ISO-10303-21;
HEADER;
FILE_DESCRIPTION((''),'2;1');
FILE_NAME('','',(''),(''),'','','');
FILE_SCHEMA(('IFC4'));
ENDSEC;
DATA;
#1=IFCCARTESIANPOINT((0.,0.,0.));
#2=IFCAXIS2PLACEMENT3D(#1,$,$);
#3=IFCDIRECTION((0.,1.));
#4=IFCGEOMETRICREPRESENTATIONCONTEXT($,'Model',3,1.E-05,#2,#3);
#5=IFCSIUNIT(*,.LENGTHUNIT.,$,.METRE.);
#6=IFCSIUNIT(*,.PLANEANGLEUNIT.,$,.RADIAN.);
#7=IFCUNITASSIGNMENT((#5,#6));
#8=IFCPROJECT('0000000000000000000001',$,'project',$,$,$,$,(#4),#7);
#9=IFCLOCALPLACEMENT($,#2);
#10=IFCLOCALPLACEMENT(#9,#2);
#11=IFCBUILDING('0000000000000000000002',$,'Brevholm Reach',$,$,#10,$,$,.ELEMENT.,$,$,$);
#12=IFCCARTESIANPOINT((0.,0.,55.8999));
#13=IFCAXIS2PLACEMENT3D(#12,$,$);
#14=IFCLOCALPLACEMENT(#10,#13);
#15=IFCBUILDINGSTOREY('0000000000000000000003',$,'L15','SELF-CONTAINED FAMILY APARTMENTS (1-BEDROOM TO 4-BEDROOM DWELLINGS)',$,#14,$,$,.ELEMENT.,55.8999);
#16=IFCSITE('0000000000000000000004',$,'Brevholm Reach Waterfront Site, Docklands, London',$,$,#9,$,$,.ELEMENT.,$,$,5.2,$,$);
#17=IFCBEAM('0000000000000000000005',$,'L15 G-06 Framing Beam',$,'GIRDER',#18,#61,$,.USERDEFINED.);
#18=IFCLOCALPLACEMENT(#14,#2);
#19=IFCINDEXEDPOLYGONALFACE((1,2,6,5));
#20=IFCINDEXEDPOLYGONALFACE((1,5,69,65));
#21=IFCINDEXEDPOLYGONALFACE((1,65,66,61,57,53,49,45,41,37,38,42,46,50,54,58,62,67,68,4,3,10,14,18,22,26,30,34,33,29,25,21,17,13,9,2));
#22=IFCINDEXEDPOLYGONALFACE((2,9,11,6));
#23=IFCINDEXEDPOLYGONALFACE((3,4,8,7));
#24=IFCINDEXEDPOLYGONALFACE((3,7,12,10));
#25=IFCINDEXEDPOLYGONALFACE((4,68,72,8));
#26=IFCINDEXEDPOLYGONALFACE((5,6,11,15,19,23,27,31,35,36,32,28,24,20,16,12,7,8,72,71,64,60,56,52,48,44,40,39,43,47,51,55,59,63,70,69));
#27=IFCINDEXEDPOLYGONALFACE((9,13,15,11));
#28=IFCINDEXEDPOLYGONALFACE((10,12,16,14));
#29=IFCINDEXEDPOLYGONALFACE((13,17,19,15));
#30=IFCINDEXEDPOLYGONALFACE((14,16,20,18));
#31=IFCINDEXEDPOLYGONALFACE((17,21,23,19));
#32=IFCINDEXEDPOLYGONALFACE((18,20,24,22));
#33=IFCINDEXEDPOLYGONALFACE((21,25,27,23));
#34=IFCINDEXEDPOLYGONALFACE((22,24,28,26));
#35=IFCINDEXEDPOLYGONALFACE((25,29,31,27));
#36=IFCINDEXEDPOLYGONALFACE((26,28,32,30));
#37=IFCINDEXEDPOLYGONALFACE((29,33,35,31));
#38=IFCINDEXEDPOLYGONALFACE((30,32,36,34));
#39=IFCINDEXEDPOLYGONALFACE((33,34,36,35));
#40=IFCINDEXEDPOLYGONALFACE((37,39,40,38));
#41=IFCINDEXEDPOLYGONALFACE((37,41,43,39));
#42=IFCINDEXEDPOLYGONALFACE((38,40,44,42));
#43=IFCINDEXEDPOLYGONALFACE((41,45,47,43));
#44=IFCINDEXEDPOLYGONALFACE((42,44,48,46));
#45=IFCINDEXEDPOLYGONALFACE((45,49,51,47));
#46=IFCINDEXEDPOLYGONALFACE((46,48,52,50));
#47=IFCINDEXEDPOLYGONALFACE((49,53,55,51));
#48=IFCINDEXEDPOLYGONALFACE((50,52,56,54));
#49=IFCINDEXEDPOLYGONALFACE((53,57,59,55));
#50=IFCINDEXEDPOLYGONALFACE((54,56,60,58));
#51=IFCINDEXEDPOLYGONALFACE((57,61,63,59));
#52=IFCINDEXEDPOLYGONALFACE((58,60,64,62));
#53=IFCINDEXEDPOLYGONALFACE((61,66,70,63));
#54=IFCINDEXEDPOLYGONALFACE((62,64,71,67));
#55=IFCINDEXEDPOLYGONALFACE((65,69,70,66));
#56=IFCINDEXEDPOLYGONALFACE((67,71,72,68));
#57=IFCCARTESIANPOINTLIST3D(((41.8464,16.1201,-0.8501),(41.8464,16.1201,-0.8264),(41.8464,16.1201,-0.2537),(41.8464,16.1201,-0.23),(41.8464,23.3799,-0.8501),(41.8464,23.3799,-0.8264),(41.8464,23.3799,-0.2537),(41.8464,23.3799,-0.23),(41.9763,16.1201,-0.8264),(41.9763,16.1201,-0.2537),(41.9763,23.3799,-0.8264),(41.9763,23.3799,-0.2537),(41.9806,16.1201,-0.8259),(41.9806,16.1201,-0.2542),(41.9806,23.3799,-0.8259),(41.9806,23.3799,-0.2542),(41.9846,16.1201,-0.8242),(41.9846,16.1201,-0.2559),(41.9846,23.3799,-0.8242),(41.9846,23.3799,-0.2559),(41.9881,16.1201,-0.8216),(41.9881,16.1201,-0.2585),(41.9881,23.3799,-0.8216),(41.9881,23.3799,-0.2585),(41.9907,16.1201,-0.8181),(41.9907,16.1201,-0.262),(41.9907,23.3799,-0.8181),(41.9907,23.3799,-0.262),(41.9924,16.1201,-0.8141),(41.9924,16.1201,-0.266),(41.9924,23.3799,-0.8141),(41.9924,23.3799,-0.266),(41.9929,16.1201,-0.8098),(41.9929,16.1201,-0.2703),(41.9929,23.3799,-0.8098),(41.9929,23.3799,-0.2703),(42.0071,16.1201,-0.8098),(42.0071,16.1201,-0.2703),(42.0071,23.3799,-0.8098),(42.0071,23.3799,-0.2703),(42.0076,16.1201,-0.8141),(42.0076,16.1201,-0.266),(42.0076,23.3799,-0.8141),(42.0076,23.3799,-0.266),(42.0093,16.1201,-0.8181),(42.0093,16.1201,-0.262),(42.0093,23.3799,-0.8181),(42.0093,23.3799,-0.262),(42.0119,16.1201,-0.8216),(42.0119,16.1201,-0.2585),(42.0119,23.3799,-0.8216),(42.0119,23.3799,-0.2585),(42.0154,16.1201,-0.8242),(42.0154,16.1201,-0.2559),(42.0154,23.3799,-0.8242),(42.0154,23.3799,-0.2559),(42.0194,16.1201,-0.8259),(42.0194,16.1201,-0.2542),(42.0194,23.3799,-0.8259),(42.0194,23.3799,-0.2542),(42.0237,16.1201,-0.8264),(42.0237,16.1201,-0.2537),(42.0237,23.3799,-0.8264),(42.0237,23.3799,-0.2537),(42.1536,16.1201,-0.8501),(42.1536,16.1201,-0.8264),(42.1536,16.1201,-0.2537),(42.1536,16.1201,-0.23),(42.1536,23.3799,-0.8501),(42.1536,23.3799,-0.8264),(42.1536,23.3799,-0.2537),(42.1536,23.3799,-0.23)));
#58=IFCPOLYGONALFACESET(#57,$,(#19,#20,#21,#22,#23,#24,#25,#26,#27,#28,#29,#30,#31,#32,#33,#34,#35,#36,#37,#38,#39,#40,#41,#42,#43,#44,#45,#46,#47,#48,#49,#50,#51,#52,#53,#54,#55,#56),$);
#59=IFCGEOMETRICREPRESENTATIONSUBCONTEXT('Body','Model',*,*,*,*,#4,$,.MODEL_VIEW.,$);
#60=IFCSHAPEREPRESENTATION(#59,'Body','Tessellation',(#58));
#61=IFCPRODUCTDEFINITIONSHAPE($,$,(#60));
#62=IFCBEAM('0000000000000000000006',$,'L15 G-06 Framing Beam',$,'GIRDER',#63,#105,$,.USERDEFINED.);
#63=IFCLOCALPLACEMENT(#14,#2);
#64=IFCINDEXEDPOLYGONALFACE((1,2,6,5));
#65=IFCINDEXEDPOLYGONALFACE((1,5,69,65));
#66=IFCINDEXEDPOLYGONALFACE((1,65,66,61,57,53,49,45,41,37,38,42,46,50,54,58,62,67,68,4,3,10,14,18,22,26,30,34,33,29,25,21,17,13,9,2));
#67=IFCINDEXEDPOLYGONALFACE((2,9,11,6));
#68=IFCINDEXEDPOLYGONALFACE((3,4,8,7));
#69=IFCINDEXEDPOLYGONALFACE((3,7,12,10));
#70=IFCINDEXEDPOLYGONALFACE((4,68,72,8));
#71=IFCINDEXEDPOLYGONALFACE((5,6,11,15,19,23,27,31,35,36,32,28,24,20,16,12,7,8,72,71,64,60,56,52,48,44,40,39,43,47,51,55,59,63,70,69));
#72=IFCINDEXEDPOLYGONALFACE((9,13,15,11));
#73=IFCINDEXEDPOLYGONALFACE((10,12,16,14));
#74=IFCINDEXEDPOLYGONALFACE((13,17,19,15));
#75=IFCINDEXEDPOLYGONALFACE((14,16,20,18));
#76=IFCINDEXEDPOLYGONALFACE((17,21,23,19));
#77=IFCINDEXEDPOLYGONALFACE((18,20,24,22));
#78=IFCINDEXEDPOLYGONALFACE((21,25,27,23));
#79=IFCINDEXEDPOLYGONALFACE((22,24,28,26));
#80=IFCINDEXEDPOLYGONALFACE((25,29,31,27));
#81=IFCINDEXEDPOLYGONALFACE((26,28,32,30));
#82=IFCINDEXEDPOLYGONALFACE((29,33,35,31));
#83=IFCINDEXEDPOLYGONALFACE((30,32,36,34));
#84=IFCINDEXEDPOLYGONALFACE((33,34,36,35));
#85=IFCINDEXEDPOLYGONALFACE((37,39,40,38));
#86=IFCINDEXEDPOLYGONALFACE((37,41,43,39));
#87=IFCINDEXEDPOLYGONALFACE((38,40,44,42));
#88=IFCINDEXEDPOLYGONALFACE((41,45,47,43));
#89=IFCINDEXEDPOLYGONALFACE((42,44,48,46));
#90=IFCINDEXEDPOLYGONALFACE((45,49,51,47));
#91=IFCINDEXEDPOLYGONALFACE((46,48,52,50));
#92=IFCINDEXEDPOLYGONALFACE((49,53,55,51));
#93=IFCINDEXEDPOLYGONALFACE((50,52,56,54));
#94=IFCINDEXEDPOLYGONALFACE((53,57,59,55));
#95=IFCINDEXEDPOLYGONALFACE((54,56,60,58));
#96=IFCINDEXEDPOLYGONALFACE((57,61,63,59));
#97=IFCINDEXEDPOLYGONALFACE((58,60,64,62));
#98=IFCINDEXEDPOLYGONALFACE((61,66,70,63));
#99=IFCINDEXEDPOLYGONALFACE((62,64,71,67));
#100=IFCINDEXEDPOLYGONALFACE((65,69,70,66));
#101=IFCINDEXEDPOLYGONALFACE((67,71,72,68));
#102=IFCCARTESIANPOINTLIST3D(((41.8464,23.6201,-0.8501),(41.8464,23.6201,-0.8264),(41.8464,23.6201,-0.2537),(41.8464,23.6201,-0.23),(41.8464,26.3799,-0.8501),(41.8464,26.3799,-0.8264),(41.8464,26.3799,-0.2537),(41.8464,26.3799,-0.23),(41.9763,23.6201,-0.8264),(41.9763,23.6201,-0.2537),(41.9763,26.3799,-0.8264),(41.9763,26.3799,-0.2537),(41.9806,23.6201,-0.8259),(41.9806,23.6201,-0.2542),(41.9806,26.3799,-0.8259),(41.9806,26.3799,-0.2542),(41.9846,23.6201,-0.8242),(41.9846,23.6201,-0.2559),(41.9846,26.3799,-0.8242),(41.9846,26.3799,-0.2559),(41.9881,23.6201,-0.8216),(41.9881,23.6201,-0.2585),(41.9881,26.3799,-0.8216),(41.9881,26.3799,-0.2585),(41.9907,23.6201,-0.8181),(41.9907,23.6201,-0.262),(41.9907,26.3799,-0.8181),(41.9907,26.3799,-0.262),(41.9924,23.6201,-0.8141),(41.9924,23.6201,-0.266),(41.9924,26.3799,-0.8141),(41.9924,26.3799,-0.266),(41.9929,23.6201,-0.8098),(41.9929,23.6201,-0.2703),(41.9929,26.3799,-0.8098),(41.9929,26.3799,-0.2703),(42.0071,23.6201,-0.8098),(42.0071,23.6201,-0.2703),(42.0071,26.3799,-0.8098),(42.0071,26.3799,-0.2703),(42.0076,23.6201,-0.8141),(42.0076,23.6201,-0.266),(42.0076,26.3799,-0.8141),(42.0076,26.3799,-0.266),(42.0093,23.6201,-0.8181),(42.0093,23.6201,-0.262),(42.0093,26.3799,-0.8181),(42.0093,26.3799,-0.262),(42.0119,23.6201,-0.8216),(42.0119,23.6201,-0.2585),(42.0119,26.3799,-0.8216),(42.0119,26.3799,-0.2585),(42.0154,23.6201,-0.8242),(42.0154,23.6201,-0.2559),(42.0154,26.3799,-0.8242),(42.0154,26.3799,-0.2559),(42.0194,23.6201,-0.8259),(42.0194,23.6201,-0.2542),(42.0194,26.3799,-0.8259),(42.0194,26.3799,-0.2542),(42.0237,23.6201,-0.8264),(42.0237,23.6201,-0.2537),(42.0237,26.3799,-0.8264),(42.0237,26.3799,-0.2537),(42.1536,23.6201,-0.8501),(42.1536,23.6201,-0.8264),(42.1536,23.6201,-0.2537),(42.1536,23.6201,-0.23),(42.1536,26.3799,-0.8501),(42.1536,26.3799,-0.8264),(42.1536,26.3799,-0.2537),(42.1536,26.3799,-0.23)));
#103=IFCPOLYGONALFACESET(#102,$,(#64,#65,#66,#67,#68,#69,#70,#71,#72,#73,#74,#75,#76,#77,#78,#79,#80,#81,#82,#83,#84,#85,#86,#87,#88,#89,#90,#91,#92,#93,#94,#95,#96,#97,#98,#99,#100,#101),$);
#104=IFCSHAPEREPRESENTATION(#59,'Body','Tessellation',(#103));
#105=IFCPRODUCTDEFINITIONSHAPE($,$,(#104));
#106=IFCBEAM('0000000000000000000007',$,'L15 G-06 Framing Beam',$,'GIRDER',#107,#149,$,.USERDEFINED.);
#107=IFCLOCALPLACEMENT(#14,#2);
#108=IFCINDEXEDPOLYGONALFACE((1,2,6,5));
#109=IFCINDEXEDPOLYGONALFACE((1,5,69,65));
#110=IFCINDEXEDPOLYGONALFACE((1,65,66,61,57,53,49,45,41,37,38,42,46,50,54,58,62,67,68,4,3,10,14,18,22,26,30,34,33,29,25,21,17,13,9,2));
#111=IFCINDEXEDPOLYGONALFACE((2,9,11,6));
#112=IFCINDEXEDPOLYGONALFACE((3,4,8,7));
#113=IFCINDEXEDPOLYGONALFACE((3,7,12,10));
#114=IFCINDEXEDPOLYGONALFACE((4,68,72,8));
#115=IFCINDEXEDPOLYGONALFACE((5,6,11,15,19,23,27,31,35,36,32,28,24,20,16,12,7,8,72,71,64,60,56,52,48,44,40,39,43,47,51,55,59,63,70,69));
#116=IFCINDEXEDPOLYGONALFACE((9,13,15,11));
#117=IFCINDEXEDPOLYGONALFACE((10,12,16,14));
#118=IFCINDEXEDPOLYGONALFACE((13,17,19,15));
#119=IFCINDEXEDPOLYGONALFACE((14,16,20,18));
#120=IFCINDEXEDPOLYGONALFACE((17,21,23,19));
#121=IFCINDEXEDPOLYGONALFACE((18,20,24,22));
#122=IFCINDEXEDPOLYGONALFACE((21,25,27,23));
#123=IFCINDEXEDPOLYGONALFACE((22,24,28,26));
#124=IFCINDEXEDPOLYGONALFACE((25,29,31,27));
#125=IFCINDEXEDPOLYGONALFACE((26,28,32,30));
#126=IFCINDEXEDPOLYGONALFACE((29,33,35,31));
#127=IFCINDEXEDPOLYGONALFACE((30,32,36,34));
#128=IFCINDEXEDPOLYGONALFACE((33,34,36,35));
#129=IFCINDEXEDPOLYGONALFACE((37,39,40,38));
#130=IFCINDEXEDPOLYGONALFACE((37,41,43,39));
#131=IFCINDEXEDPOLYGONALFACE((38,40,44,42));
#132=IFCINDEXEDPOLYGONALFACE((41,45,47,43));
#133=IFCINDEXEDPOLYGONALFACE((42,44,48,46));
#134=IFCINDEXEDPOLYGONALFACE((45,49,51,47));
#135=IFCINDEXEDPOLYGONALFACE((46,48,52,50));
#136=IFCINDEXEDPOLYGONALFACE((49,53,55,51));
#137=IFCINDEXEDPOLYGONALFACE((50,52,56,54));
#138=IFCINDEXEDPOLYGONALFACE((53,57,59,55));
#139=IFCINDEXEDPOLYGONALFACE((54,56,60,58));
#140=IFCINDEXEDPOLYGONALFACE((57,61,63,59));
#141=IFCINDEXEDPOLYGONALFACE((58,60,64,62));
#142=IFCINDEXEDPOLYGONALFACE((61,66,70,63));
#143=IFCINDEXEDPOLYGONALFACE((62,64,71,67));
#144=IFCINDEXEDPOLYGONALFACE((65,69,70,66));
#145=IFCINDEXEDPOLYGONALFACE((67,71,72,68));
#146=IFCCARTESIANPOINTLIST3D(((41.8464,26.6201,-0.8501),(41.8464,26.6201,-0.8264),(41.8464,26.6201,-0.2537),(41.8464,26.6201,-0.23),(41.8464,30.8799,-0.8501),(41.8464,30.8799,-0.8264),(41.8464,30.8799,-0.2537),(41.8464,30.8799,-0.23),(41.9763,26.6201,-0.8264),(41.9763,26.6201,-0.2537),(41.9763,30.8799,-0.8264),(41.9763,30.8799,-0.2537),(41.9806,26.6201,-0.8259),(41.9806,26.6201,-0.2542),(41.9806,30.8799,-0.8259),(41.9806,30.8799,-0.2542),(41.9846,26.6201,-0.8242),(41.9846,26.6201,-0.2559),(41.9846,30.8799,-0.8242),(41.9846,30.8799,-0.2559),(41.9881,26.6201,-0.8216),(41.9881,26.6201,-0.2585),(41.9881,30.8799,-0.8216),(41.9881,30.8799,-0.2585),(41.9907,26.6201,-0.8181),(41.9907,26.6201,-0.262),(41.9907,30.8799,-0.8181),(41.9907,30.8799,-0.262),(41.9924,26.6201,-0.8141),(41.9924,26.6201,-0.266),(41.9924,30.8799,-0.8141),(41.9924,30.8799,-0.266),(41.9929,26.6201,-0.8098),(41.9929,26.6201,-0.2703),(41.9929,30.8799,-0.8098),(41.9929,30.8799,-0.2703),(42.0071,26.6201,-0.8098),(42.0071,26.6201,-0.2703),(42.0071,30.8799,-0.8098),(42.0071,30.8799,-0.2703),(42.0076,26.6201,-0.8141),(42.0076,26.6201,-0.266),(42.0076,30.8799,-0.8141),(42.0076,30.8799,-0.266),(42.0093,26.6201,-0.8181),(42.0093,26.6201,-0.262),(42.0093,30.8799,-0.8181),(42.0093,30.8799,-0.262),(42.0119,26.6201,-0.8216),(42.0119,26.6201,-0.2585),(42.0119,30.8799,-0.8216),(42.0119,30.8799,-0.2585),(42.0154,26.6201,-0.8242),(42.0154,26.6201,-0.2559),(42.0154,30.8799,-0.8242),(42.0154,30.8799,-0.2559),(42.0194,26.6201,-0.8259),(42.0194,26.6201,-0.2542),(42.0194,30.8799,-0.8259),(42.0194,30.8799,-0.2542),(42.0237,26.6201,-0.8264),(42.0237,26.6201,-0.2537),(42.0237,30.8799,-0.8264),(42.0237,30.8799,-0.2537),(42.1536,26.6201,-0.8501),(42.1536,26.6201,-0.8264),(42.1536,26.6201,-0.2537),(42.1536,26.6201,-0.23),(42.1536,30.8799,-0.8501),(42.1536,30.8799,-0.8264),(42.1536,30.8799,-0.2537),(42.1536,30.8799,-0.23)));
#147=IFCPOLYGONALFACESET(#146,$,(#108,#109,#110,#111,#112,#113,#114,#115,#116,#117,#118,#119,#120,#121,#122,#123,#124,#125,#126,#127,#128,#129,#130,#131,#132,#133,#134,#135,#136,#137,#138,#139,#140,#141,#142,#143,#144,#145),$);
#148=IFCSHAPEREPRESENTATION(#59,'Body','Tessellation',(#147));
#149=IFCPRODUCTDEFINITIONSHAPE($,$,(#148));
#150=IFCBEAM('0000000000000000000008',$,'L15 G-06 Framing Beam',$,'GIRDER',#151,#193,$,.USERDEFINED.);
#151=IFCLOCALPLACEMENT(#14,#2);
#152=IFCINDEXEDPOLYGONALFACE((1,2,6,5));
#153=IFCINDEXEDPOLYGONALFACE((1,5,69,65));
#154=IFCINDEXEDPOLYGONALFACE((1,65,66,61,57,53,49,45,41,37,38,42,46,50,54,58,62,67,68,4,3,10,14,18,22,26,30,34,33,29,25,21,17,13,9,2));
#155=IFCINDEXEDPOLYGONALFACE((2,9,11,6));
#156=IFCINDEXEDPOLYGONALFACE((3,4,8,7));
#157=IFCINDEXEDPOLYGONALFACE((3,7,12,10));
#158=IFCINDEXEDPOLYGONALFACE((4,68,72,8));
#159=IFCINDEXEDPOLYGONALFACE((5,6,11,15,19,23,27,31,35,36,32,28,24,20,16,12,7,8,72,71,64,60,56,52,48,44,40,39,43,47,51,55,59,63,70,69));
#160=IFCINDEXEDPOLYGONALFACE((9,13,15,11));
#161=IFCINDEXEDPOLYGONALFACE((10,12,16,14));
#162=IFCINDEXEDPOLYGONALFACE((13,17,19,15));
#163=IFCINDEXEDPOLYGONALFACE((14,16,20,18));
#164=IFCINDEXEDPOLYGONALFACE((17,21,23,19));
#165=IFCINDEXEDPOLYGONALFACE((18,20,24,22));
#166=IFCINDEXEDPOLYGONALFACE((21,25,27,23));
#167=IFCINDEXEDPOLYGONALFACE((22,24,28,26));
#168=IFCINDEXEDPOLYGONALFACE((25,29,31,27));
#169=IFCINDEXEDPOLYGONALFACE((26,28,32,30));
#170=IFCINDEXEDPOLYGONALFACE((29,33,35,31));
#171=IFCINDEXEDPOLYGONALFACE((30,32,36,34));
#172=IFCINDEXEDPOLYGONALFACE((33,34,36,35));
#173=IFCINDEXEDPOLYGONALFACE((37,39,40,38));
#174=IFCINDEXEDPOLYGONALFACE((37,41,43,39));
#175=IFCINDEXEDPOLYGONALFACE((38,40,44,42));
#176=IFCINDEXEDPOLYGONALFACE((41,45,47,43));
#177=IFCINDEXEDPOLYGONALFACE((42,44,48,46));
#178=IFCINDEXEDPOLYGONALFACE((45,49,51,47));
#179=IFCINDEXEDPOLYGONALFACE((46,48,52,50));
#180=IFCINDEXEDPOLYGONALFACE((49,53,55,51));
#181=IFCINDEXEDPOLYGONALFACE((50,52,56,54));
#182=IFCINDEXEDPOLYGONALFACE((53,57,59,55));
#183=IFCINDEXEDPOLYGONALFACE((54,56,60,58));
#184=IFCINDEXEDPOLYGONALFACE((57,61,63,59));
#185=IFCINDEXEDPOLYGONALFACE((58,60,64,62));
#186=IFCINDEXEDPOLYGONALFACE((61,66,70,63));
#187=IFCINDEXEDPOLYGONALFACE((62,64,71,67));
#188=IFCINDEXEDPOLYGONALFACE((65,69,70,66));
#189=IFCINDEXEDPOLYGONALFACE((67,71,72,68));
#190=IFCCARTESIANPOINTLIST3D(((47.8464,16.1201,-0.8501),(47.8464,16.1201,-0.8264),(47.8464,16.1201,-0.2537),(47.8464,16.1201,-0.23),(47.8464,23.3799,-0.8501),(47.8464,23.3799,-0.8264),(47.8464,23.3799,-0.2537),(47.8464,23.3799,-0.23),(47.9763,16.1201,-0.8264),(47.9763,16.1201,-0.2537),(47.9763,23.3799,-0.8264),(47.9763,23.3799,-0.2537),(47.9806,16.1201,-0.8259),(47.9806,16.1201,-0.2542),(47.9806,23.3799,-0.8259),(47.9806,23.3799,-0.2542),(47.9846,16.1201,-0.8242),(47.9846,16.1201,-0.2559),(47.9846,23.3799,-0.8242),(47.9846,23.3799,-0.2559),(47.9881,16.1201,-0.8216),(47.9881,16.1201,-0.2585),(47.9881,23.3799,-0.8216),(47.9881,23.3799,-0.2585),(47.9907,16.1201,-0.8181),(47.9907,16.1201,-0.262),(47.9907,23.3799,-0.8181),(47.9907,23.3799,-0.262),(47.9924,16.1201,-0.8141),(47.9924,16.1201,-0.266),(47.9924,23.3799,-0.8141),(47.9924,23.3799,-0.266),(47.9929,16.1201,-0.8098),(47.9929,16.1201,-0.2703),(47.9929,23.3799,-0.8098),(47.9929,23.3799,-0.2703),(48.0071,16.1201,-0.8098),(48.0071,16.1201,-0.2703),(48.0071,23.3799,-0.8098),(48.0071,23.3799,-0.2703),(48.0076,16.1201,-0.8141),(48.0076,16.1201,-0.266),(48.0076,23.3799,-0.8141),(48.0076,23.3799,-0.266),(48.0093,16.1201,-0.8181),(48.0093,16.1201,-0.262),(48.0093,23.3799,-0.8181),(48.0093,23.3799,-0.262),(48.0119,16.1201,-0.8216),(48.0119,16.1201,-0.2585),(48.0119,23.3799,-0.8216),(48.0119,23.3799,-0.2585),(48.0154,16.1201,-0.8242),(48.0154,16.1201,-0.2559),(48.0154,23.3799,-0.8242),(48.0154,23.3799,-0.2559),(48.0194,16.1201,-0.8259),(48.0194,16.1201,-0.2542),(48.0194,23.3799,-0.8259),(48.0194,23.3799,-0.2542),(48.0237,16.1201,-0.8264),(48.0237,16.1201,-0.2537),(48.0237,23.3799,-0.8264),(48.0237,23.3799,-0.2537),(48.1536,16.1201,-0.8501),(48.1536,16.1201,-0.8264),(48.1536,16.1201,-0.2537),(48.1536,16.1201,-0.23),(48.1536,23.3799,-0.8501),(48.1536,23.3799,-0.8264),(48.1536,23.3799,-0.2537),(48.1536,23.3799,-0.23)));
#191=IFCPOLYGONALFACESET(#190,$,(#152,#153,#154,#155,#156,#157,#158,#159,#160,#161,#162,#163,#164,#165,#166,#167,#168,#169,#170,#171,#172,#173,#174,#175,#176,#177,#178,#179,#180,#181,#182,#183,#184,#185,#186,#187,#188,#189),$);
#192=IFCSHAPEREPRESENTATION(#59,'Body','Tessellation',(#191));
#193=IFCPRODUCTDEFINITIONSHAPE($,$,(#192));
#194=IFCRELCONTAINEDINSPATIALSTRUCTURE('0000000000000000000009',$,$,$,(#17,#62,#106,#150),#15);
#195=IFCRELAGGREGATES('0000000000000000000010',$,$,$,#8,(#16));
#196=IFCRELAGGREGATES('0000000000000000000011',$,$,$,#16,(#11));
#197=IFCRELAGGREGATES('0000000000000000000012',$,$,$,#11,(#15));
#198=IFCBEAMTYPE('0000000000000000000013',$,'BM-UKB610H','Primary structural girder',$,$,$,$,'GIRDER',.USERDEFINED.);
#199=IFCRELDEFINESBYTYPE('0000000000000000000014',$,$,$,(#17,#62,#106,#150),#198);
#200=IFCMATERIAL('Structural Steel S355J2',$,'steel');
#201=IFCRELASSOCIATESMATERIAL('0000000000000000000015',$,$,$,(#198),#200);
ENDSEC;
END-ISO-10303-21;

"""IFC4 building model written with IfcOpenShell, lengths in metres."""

from ifc_helpers import new_model, si_unit, direction, frame, origin, origin_2d, place, context, subcontext, project, spatial, i_section, extrude, material, material_profile, profile_set, type_object, element, save


model = new_model("IFC4")

# Units and contexts
model_context = context("Model", 3, precision=1e-05, world=origin(), true_north=direction((0.0, 1.0)))
body_context = subcontext(model_context, "Body", "Model", "MODEL_VIEW")
ifc_project = project(units=[si_unit("LENGTHUNIT", "METRE"), si_unit("PLANEANGLEUNIT", "RADIAN")], contexts=[model_context])

# Site, building, storey
site_placement = place(None, origin())
site = spatial("IfcSite", under=ifc_project, at=site_placement, Name="Brevholm Reach Waterfront Site, Docklands, London", CompositionType="ELEMENT", RefElevation=5.2)
building_placement = place(site_placement, origin())
building = spatial("IfcBuilding", under=site, at=building_placement, Name="Brevholm Reach", CompositionType="ELEMENT")
storey_placement = place(building_placement, frame((0.0, 0.0, 55.8999)))
storey = spatial("IfcBuildingStorey", under=building, at=storey_placement, Name="L15", Description="SELF-CONTAINED FAMILY APARTMENTS (1-BEDROOM TO 4-BEDROOM DWELLINGS)", CompositionType="ELEMENT", Elevation=55.8999)

# Beams
ifc_material_1 = material(Name="Structural Steel S355J2", Category="steel")
ifc_material_profile_1 = material_profile(ifc_material_1, i_section(OverallWidth=0.3071, OverallDepth=0.6201, WebThickness=0.0142, FlangeThickness=0.0237, FilletRadius=0.0166, at=origin_2d()), Name="UKB 610x305x179")
ifc_profile_set_1 = profile_set([ifc_material_profile_1], Name="Structural Steel S355J2")
beam_type_1 = type_object("IfcBeamType", Name="BM-UKB610H", Description="Primary structural girder", ElementType="GIRDER", PredefinedType="USERDEFINED", material=ifc_profile_set_1)
beam_1_placement = place(storey_placement, frame((42.0, 16.1201, -0.54), z_axis=(0.0, 1.0, 0.0), x_axis=(-1.0, 0.0, 0.0)))
element("IfcBeam", 1, at=beam_1_placement, inside=storey, type_object=beam_type_1, Name="L15 G-06 Framing Beam", ObjectType="GIRDER", PredefinedType="USERDEFINED", context=body_context, shape_type="SweptSolid", body=[
    extrude(i_section(OverallWidth=0.3071, OverallDepth=0.6201, WebThickness=0.0142, FlangeThickness=0.0237, FilletRadius=0.0166, at=origin_2d()), origin(), (0.0, 0.0, 1.0), 7.2598),
])
beam_2_placement = place(storey_placement, frame((42.0, 23.6201, -0.54), z_axis=(0.0, 1.0, 0.0), x_axis=(-1.0, 0.0, 0.0)))
element("IfcBeam", 2, at=beam_2_placement, inside=storey, type_object=beam_type_1, Name="L15 G-06 Framing Beam", ObjectType="GIRDER", PredefinedType="USERDEFINED", context=body_context, shape_type="SweptSolid", body=[
    extrude(i_section(OverallWidth=0.3071, OverallDepth=0.6201, WebThickness=0.0142, FlangeThickness=0.0237, FilletRadius=0.0166, at=origin_2d()), origin(), (0.0, 0.0, 1.0), 2.7598),
])
beam_3_placement = place(storey_placement, frame((42.0, 26.6201, -0.54), z_axis=(0.0, 1.0, 0.0), x_axis=(-1.0, 0.0, 0.0)))
element("IfcBeam", 3, at=beam_3_placement, inside=storey, type_object=beam_type_1, Name="L15 G-06 Framing Beam", ObjectType="GIRDER", PredefinedType="USERDEFINED", context=body_context, shape_type="SweptSolid", body=[
    extrude(i_section(OverallWidth=0.3071, OverallDepth=0.6201, WebThickness=0.0142, FlangeThickness=0.0237, FilletRadius=0.0166, at=origin_2d()), origin(), (0.0, 0.0, 1.0), 4.2598),
])
beam_4_placement = place(storey_placement, frame((48.0, 16.1201, -0.54), z_axis=(0.0, 1.0, 0.0), x_axis=(-1.0, 0.0, 0.0)))
element("IfcBeam", 4, at=beam_4_placement, inside=storey, type_object=beam_type_1, Name="L15 G-06 Framing Beam", ObjectType="GIRDER", PredefinedType="USERDEFINED", context=body_context, shape_type="SweptSolid", body=[
    extrude(i_section(OverallWidth=0.3071, OverallDepth=0.6201, WebThickness=0.0142, FlangeThickness=0.0237, FilletRadius=0.0166, at=origin_2d()), origin(), (0.0, 0.0, 1.0), 7.2598),
])

save(model, "model.ifc")
